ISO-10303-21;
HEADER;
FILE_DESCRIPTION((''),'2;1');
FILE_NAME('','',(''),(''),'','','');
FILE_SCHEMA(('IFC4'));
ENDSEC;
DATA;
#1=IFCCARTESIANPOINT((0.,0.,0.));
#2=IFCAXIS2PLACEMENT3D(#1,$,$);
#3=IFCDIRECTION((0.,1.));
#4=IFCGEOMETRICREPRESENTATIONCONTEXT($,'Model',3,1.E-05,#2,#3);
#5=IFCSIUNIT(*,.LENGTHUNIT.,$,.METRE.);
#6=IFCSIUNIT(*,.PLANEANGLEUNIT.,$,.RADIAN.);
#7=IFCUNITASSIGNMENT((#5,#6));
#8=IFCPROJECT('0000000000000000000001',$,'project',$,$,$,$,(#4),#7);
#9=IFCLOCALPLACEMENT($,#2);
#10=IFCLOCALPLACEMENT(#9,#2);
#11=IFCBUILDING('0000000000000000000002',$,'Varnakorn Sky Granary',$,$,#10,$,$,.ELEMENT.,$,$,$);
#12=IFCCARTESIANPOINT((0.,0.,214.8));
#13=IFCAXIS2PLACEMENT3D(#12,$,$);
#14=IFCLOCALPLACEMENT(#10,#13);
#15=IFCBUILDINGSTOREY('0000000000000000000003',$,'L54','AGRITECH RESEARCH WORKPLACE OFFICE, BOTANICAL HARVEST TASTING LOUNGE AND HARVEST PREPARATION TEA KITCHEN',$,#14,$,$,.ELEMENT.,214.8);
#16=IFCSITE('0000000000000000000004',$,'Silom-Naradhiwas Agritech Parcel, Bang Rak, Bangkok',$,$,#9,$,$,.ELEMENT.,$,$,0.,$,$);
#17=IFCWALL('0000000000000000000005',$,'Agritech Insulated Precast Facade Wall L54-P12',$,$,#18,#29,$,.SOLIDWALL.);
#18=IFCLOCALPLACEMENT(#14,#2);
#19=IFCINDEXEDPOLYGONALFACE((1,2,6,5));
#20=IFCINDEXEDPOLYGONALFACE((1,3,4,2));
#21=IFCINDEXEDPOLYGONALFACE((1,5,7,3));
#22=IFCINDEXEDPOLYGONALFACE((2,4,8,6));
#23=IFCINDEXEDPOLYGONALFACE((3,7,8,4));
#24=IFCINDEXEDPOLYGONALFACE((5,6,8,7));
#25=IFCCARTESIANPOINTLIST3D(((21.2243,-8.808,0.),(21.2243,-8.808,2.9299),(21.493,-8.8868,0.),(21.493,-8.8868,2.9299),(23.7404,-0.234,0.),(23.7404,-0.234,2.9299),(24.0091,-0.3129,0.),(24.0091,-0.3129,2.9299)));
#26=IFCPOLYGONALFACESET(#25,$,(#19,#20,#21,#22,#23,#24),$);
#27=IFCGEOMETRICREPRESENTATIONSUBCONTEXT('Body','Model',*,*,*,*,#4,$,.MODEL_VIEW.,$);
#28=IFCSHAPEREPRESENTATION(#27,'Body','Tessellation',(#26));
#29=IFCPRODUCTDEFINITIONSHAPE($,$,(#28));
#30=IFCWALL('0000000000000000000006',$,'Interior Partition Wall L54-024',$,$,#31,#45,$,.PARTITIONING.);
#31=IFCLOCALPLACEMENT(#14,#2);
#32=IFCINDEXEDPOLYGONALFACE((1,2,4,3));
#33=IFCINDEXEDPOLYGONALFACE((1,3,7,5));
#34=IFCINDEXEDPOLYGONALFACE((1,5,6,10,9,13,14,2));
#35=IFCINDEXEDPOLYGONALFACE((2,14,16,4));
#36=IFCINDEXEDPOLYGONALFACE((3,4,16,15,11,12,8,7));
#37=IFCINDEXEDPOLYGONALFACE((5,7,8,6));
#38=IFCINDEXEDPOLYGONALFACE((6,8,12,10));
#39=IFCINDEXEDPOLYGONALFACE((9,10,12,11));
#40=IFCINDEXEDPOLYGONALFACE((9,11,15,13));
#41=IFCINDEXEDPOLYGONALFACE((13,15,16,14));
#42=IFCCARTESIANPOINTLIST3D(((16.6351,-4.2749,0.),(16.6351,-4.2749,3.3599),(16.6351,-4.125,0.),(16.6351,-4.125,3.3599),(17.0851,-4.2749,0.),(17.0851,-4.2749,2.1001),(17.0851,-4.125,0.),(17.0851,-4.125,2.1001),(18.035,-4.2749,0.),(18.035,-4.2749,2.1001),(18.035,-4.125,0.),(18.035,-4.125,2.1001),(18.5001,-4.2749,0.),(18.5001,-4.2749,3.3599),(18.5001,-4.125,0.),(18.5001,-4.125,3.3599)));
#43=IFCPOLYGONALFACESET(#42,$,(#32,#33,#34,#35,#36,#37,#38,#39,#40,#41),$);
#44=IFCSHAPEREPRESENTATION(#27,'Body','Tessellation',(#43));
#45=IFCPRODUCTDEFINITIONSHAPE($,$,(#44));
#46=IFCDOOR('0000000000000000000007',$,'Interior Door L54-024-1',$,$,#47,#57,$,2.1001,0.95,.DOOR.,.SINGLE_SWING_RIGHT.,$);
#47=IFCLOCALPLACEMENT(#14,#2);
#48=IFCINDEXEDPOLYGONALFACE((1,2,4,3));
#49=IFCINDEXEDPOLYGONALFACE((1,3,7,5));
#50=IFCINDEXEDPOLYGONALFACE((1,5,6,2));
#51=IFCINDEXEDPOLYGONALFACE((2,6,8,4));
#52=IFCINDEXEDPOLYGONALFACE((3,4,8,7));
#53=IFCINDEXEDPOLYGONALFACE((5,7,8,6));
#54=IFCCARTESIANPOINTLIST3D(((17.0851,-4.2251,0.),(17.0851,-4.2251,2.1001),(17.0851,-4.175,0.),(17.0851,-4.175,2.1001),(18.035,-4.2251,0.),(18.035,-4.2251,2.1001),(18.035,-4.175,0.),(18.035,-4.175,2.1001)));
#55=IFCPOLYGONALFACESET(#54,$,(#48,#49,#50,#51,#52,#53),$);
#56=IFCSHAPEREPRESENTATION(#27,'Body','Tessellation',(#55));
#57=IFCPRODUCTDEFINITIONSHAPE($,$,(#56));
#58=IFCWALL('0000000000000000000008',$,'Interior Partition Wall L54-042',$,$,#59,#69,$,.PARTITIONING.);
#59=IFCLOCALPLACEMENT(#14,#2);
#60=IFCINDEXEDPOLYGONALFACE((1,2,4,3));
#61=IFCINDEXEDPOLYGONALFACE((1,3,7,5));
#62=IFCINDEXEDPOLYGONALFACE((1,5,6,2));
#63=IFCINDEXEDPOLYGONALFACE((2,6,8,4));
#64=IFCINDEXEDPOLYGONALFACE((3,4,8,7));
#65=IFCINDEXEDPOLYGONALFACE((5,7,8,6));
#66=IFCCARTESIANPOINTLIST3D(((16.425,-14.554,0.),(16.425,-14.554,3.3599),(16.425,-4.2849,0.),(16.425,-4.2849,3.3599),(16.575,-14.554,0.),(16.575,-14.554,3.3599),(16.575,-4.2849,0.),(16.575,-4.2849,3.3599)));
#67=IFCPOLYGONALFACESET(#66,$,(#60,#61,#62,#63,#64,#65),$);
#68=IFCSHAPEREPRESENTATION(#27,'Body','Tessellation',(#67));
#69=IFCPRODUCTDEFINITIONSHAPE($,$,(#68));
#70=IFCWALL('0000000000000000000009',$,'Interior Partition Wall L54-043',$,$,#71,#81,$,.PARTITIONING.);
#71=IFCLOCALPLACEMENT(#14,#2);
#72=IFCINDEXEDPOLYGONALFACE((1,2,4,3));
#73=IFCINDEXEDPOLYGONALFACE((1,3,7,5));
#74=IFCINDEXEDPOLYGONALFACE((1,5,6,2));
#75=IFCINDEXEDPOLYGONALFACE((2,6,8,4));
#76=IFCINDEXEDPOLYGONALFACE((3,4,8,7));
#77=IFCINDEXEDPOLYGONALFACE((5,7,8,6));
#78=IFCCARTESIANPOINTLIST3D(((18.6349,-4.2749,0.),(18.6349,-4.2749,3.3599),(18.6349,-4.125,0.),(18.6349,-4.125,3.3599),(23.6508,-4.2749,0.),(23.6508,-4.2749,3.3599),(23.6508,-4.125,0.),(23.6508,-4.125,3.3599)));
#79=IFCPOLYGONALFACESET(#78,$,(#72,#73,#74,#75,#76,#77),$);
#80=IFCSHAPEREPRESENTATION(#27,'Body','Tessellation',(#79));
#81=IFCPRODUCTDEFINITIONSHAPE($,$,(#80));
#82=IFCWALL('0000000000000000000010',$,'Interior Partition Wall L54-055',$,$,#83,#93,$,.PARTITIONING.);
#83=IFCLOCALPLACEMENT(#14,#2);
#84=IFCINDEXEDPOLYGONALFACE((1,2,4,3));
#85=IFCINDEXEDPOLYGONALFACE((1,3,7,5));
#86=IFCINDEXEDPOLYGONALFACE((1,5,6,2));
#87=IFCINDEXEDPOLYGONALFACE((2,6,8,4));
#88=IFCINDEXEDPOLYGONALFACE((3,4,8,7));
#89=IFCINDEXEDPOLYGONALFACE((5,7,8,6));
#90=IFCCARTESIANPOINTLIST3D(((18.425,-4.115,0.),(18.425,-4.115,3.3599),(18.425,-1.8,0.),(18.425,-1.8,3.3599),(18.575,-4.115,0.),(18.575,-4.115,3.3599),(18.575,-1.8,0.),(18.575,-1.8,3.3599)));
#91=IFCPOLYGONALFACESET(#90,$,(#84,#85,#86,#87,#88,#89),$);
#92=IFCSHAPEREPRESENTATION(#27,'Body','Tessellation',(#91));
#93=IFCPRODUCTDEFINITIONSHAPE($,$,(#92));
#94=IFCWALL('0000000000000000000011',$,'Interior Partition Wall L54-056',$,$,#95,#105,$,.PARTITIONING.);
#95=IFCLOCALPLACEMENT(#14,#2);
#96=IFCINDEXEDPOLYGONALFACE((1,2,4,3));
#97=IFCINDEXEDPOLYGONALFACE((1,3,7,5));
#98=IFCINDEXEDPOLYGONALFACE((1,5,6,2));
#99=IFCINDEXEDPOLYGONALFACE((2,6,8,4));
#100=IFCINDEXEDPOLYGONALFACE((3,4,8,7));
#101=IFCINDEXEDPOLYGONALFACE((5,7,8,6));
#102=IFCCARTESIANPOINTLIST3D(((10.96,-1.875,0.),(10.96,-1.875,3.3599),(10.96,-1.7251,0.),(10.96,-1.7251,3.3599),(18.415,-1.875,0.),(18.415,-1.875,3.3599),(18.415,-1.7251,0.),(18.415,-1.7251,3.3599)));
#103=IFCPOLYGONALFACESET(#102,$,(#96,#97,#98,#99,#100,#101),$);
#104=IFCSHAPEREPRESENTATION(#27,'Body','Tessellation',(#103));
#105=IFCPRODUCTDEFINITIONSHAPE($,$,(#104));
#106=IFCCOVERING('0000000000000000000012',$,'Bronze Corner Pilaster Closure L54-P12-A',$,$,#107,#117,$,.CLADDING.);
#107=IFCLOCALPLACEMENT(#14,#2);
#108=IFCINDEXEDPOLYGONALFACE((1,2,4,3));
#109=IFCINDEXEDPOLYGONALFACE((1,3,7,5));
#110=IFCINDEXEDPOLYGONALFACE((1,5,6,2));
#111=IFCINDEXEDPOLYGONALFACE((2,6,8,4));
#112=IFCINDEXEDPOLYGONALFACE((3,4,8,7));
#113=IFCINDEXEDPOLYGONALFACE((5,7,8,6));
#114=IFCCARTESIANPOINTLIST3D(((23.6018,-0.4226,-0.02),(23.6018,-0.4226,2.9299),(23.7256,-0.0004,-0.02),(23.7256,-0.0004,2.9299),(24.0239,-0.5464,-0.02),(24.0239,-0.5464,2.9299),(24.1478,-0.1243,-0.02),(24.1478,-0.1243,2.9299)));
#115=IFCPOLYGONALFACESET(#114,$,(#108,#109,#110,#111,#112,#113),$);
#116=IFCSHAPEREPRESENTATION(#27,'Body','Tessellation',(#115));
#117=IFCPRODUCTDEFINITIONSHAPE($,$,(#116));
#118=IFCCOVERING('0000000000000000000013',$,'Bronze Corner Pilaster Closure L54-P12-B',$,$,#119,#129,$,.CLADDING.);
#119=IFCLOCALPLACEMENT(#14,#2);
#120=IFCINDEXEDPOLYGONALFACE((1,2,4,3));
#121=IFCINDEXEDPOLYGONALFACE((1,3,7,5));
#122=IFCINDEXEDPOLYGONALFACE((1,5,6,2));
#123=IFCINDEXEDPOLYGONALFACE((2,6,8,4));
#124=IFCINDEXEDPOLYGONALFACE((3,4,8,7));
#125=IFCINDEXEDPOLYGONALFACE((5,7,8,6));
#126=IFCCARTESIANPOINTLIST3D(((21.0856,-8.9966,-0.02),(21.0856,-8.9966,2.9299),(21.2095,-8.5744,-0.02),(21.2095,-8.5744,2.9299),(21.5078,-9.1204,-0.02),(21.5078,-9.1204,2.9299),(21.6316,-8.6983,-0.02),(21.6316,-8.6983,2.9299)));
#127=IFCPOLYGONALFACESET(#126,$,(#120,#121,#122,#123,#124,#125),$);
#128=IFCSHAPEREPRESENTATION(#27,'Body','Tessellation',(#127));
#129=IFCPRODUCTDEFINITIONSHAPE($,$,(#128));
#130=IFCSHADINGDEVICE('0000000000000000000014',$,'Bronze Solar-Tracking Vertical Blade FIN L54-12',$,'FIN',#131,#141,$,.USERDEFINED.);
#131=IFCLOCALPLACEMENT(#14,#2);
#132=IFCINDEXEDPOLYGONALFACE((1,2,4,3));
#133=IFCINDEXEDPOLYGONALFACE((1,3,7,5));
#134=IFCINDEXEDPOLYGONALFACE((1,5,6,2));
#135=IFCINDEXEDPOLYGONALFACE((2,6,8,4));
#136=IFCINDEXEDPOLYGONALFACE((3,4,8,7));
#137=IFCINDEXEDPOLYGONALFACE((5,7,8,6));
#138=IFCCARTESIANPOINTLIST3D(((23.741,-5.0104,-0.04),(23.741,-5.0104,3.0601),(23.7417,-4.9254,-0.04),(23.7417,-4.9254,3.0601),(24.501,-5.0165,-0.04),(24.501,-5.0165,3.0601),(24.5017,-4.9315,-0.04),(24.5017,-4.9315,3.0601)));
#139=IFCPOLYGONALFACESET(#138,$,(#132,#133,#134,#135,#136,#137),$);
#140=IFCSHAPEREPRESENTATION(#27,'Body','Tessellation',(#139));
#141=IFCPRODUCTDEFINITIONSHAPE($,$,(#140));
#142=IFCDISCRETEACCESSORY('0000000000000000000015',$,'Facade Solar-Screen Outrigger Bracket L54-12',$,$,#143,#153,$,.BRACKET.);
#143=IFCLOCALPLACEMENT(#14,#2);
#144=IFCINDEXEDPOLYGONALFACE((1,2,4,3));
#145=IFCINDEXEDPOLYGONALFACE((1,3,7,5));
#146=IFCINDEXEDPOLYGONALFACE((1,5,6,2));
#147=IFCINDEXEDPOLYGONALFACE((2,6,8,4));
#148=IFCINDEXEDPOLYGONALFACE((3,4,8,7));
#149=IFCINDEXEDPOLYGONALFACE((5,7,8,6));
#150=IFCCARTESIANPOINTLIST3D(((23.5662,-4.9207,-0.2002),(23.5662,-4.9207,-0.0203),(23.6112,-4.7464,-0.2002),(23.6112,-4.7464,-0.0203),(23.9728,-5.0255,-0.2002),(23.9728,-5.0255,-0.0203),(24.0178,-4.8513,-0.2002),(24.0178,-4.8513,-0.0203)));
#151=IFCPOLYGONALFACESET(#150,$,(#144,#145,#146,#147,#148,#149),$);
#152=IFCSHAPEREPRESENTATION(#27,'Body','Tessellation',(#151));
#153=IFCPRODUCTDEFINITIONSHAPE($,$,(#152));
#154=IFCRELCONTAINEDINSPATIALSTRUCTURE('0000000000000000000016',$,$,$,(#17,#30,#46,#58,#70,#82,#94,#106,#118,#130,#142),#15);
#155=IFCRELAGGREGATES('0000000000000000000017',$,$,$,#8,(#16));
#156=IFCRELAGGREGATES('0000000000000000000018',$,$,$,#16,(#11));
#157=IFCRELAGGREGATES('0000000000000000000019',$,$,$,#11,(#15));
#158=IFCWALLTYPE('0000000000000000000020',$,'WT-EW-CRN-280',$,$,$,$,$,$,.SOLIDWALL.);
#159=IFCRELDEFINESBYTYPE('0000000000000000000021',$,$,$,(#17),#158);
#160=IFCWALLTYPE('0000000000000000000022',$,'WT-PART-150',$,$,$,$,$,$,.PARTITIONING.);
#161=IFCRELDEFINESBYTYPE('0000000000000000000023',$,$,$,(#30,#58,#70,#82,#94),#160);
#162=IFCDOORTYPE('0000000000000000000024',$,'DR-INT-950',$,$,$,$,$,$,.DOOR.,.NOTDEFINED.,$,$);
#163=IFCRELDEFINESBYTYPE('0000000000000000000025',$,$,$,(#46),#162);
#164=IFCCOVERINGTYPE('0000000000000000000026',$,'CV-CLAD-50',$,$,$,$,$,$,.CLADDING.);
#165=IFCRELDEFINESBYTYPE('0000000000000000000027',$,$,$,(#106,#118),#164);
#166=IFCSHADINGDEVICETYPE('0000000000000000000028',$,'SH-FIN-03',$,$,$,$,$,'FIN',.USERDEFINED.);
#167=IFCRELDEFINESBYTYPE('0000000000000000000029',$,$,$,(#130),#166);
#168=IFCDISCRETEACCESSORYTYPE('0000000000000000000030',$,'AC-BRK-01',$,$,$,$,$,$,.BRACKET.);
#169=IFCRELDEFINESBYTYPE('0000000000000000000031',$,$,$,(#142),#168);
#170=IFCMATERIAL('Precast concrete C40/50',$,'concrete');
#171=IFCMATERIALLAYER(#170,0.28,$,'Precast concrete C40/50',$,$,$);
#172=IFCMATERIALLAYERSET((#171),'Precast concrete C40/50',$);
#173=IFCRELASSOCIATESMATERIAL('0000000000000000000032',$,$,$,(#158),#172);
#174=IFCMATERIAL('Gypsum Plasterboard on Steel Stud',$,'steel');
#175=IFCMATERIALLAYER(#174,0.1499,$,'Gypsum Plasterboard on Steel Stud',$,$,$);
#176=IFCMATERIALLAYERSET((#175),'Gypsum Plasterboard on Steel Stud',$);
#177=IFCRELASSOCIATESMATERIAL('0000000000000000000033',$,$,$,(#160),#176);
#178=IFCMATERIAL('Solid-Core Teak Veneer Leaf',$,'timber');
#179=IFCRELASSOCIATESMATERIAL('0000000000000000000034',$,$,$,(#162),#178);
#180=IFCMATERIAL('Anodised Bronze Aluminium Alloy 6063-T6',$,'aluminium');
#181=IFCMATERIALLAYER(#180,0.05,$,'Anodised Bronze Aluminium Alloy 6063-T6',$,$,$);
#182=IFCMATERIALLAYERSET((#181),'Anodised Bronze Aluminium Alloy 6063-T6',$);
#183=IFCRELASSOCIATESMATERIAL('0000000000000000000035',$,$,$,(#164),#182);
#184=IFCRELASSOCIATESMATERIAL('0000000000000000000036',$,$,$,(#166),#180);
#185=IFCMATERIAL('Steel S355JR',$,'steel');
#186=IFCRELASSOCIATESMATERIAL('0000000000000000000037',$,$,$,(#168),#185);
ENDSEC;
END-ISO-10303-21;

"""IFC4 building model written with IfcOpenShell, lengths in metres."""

from ifc_helpers import new_model, si_unit, direction, frame, frame_2d, origin, origin_2d, place, context, subcontext, project, spatial, rectangle, extrude, source, transform, mapped, material, layer, layer_set, type_object, type_shapes, element, fill, save


model = new_model("IFC4")

# Units and contexts
model_context = context("Model", 3, precision=1e-05, world=origin(), true_north=direction((0.0, 1.0)))
body_context = subcontext(model_context, "Body", "Model", "MODEL_VIEW")
ifc_project = project(units=[si_unit("LENGTHUNIT", "METRE"), si_unit("PLANEANGLEUNIT", "RADIAN")], contexts=[model_context])

# Site, building, storey
site_placement = place(None, origin())
site = spatial("IfcSite", under=ifc_project, at=site_placement, Name="Silom-Naradhiwas Agritech Parcel, Bang Rak, Bangkok", CompositionType="ELEMENT", RefElevation=0.0)
building_placement = place(site_placement, origin())
building = spatial("IfcBuilding", under=site, at=building_placement, Name="Varnakorn Sky Granary", CompositionType="ELEMENT")
storey_placement = place(building_placement, frame((0.0, 0.0, 214.8)))
storey = spatial("IfcBuildingStorey", under=building, at=storey_placement, Name="L54", Description="AGRITECH RESEARCH WORKPLACE OFFICE, BOTANICAL HARVEST TASTING LOUNGE AND HARVEST PREPARATION TEA KITCHEN", CompositionType="ELEMENT", Elevation=214.8)

# Shared definitions
ifc_material_1 = material(Name="Steel S355JR", Category="steel")

# Shared definitions
ifc_material_2 = material(Name="Anodised Bronze Aluminium Alloy 6063-T6", Category="aluminium")

# Wall
ifc_material_3 = material(Name="Precast concrete C40/50", Category="concrete")
ifc_layer_1 = layer(ifc_material_3, 0.28, Name="Precast concrete C40/50")
ifc_layer_set_1 = layer_set([ifc_layer_1], Name="Precast concrete C40/50")
wall_type_1 = type_object("IfcWallType", Name="WT-EW-CRN-280", PredefinedType="SOLIDWALL", material=ifc_layer_set_1)
wall_1_placement = place(storey_placement, frame((23.8748, -0.2734, 0.0), z_axis=(0.0, 0.0, 1.0), x_axis=(-0.281585, -0.959536, 0.0)))
element("IfcWall", 1, at=wall_1_placement, inside=storey, type_object=wall_type_1, Name="Agritech Insulated Precast Facade Wall L54-P12", PredefinedType="SOLIDWALL", context=body_context, shape_type="SweptSolid", body=[
    extrude(rectangle(XDim=8.9355, YDim=0.28, at=frame_2d((4.4678, 0.0))), origin(), (0.0, 0.0, 1.0), 2.9299),
])

# Wall, opening, door
ifc_material_4 = material(Name="Gypsum Plasterboard on Steel Stud", Category="steel")
ifc_layer_2 = layer(ifc_material_4, 0.1499, Name="Gypsum Plasterboard on Steel Stud")
ifc_layer_set_2 = layer_set([ifc_layer_2], Name="Gypsum Plasterboard on Steel Stud")
wall_type_2 = type_object("IfcWallType", Name="WT-PART-150", PredefinedType="PARTITIONING", material=ifc_layer_set_2)
wall_2_placement = place(storey_placement, frame((16.635, -4.2, 0.0), z_axis=(0.0, 0.0, 1.0), x_axis=(1.0, 0.0, 0.0)))
wall_2 = element("IfcWall", 2, at=wall_2_placement, inside=storey, type_object=wall_type_2, Name="Interior Partition Wall L54-024", PredefinedType="PARTITIONING", context=body_context, shape_type="SweptSolid", body=[
    extrude(rectangle(XDim=1.865, YDim=0.1499, at=frame_2d((0.9326, 0.0))), origin(), (0.0, 0.0, 1.0), 3.3599),
])
opening_placement = place(wall_2_placement, frame((0.45, 0.0, 0.0)))
opening = element("IfcOpeningElement", 3, at=opening_placement, cuts=wall_2, PredefinedType="OPENING", context=body_context, shape_type="SweptSolid", body=[
    extrude(rectangle(XDim=0.95, YDim=2.1001, at=frame_2d((0.4751, 1.05))), frame((0.0, 0.085, 0.0), z_axis=(0.0, -1.0, 0.0), x_axis=(1.0, 0.0, 0.0)), (0.0, 0.0, 1.0), 0.1699),
])
ifc_material_5 = material(Name="Solid-Core Teak Veneer Leaf", Category="timber")
door_type = type_object("IfcDoorType", Name="DR-INT-950", OperationType="NOTDEFINED", PredefinedType="DOOR", material=ifc_material_5)
door_placement = place(opening_placement, origin())
door = element("IfcDoor", 4, at=door_placement, inside=storey, type_object=door_type, Name="Interior Door L54-024-1", OperationType="SINGLE_SWING_RIGHT", OverallHeight=2.1001, OverallWidth=0.95, PredefinedType="DOOR", context=body_context, shape_type="SweptSolid", body=[
    extrude(rectangle(XDim=0.95, YDim=2.1001, at=frame_2d((0.4751, 1.05))), frame((0.0, 0.0249, 0.0), z_axis=(0.0, -1.0, 0.0), x_axis=(1.0, 0.0, 0.0)), (0.0, 0.0, 1.0), 0.05),
])
fill(opening, door)

# Walls
wall_3_placement = place(storey_placement, frame((16.5, -4.2849, 0.0), z_axis=(0.0, 0.0, 1.0), x_axis=(0.0, -1.0, 0.0)))
element("IfcWall", 5, at=wall_3_placement, inside=storey, type_object=wall_type_2, Name="Interior Partition Wall L54-042", PredefinedType="PARTITIONING", context=body_context, shape_type="SweptSolid", body=[
    extrude(rectangle(XDim=10.269, YDim=0.1499, at=frame_2d((5.1345, 0.0))), origin(), (0.0, 0.0, 1.0), 3.3599),
])
wall_4_placement = place(storey_placement, frame((18.635, -4.2, 0.0), z_axis=(0.0, 0.0, 1.0), x_axis=(1.0, 0.0, 0.0)))
element("IfcWall", 6, at=wall_4_placement, inside=storey, type_object=wall_type_2, Name="Interior Partition Wall L54-043", PredefinedType="PARTITIONING", context=body_context, shape_type="SweptSolid", body=[
    extrude(rectangle(XDim=5.0159, YDim=0.1499, at=frame_2d((2.5078, 0.0))), origin(), (0.0, 0.0, 1.0), 3.3599),
])
wall_5_placement = place(storey_placement, frame((18.5, -4.115, 0.0), z_axis=(0.0, 0.0, 1.0), x_axis=(0.0, 1.0, 0.0)))
element("IfcWall", 7, at=wall_5_placement, inside=storey, type_object=wall_type_2, Name="Interior Partition Wall L54-055", PredefinedType="PARTITIONING", context=body_context, shape_type="SweptSolid", body=[
    extrude(rectangle(XDim=2.3149, YDim=0.1499, at=frame_2d((1.1575, 0.0))), origin(), (0.0, 0.0, 1.0), 3.3599),
])
wall_6_placement = place(storey_placement, frame((18.415, -1.8, 0.0), z_axis=(0.0, 0.0, 1.0), x_axis=(-1.0, 0.0, 0.0)))
element("IfcWall", 8, at=wall_6_placement, inside=storey, type_object=wall_type_2, Name="Interior Partition Wall L54-056", PredefinedType="PARTITIONING", context=body_context, shape_type="SweptSolid", body=[
    extrude(rectangle(XDim=7.4551, YDim=0.1499, at=frame_2d((3.7275, 0.0))), origin(), (0.0, 0.0, 1.0), 3.3599),
])

# Coverings
ifc_layer_3 = layer(ifc_material_2, 0.05, Name="Anodised Bronze Aluminium Alloy 6063-T6")
ifc_layer_set_3 = layer_set([ifc_layer_3], Name="Anodised Bronze Aluminium Alloy 6063-T6")
covering_type = type_object("IfcCoveringType", Name="CV-CLAD-50", PredefinedType="CLADDING", material=ifc_layer_set_3)
shared_shape_1 = source(origin(), body_context, "Body", "SweptSolid", [
    extrude(rectangle(XDim=0.4399, YDim=0.4399, at=origin_2d()), origin(), (0.0, 0.0, 1.0), 2.95),
])
type_shapes(covering_type, [shared_shape_1])
for number, where, z_axis, x_axis, name in (
    (9, (23.8748, -0.2734, -0.02), (0.0, 0.0, 1.0), (-0.281504, -0.95956, 0.0), "Bronze Corner Pilaster Closure L54-P12-A"),
    (10, (21.3586, -8.8474, -0.02), (0.0, 0.0, 1.0), (-0.281504, -0.95956, 0.0), "Bronze Corner Pilaster Closure L54-P12-B"),
):
    element("IfcCovering", number, at=place(storey_placement, frame(where, z_axis=z_axis, x_axis=x_axis)), inside=storey, type_object=covering_type, Name=name, PredefinedType="CLADDING", context=body_context, shape_type="MappedRepresentation", body=[
        mapped(shared_shape_1, transform((0.0, 0.0, 0.0), x_axis=(1.0, 0.0, 0.0), y_axis=(0.0, 1.0, 0.0), z_axis=(0.0, 0.0, 1.0), scale=1.0)),
    ])

# Shading device
shading_device_type = type_object("IfcShadingDeviceType", Name="SH-FIN-03", ElementType="FIN", PredefinedType="USERDEFINED", material=ifc_material_2)
shared_shape_2 = source(origin(), body_context, "Body", "SweptSolid", [
    extrude(rectangle(XDim=0.085, YDim=0.76, at=origin_2d()), origin(), (0.0, 0.0, 1.0), 3.1001),
])
type_shapes(shading_device_type, [shared_shape_2])
shading_device_placement = place(storey_placement, frame((24.1213, -4.9709, -0.04), z_axis=(0.0, 0.0, 1.0), x_axis=(0.008029, 0.999968, 0.0)))
element("IfcShadingDevice", 11, at=shading_device_placement, inside=storey, type_object=shading_device_type, Name="Bronze Solar-Tracking Vertical Blade FIN L54-12", ObjectType="FIN", PredefinedType="USERDEFINED", context=body_context, shape_type="MappedRepresentation", body=[
    mapped(shared_shape_2, transform((0.0, 0.0, 0.0), x_axis=(1.0, 0.0, 0.0), y_axis=(0.0, 1.0, 0.0), z_axis=(0.0, 0.0, 1.0), scale=1.0)),
])

# Discrete accessory
discrete_accessory_type = type_object("IfcDiscreteAccessoryType", Name="AC-BRK-01", PredefinedType="BRACKET", material=ifc_material_1)
shared_shape_3 = source(origin(), body_context, "Body", "SweptSolid", [
    extrude(rectangle(XDim=0.1799, YDim=0.4199, at=origin_2d()), origin(), (0.0, 0.0, 1.0), 0.1799),
])
type_shapes(discrete_accessory_type, [shared_shape_3])
discrete_accessory_placement = place(storey_placement, frame((23.792, -4.886, -0.2002), z_axis=(0.0, 0.0, 1.0), x_axis=(0.249767, 0.968306, 0.0)))
element("IfcDiscreteAccessory", 12, at=discrete_accessory_placement, inside=storey, type_object=discrete_accessory_type, Name="Facade Solar-Screen Outrigger Bracket L54-12", PredefinedType="BRACKET", context=body_context, shape_type="MappedRepresentation", body=[
    mapped(shared_shape_3, transform((0.0, 0.0, 0.0), x_axis=(1.0, 0.0, 0.0), y_axis=(0.0, 1.0, 0.0), z_axis=(0.0, 0.0, 1.0), scale=1.0)),
])

save(model, "model.ifc")
